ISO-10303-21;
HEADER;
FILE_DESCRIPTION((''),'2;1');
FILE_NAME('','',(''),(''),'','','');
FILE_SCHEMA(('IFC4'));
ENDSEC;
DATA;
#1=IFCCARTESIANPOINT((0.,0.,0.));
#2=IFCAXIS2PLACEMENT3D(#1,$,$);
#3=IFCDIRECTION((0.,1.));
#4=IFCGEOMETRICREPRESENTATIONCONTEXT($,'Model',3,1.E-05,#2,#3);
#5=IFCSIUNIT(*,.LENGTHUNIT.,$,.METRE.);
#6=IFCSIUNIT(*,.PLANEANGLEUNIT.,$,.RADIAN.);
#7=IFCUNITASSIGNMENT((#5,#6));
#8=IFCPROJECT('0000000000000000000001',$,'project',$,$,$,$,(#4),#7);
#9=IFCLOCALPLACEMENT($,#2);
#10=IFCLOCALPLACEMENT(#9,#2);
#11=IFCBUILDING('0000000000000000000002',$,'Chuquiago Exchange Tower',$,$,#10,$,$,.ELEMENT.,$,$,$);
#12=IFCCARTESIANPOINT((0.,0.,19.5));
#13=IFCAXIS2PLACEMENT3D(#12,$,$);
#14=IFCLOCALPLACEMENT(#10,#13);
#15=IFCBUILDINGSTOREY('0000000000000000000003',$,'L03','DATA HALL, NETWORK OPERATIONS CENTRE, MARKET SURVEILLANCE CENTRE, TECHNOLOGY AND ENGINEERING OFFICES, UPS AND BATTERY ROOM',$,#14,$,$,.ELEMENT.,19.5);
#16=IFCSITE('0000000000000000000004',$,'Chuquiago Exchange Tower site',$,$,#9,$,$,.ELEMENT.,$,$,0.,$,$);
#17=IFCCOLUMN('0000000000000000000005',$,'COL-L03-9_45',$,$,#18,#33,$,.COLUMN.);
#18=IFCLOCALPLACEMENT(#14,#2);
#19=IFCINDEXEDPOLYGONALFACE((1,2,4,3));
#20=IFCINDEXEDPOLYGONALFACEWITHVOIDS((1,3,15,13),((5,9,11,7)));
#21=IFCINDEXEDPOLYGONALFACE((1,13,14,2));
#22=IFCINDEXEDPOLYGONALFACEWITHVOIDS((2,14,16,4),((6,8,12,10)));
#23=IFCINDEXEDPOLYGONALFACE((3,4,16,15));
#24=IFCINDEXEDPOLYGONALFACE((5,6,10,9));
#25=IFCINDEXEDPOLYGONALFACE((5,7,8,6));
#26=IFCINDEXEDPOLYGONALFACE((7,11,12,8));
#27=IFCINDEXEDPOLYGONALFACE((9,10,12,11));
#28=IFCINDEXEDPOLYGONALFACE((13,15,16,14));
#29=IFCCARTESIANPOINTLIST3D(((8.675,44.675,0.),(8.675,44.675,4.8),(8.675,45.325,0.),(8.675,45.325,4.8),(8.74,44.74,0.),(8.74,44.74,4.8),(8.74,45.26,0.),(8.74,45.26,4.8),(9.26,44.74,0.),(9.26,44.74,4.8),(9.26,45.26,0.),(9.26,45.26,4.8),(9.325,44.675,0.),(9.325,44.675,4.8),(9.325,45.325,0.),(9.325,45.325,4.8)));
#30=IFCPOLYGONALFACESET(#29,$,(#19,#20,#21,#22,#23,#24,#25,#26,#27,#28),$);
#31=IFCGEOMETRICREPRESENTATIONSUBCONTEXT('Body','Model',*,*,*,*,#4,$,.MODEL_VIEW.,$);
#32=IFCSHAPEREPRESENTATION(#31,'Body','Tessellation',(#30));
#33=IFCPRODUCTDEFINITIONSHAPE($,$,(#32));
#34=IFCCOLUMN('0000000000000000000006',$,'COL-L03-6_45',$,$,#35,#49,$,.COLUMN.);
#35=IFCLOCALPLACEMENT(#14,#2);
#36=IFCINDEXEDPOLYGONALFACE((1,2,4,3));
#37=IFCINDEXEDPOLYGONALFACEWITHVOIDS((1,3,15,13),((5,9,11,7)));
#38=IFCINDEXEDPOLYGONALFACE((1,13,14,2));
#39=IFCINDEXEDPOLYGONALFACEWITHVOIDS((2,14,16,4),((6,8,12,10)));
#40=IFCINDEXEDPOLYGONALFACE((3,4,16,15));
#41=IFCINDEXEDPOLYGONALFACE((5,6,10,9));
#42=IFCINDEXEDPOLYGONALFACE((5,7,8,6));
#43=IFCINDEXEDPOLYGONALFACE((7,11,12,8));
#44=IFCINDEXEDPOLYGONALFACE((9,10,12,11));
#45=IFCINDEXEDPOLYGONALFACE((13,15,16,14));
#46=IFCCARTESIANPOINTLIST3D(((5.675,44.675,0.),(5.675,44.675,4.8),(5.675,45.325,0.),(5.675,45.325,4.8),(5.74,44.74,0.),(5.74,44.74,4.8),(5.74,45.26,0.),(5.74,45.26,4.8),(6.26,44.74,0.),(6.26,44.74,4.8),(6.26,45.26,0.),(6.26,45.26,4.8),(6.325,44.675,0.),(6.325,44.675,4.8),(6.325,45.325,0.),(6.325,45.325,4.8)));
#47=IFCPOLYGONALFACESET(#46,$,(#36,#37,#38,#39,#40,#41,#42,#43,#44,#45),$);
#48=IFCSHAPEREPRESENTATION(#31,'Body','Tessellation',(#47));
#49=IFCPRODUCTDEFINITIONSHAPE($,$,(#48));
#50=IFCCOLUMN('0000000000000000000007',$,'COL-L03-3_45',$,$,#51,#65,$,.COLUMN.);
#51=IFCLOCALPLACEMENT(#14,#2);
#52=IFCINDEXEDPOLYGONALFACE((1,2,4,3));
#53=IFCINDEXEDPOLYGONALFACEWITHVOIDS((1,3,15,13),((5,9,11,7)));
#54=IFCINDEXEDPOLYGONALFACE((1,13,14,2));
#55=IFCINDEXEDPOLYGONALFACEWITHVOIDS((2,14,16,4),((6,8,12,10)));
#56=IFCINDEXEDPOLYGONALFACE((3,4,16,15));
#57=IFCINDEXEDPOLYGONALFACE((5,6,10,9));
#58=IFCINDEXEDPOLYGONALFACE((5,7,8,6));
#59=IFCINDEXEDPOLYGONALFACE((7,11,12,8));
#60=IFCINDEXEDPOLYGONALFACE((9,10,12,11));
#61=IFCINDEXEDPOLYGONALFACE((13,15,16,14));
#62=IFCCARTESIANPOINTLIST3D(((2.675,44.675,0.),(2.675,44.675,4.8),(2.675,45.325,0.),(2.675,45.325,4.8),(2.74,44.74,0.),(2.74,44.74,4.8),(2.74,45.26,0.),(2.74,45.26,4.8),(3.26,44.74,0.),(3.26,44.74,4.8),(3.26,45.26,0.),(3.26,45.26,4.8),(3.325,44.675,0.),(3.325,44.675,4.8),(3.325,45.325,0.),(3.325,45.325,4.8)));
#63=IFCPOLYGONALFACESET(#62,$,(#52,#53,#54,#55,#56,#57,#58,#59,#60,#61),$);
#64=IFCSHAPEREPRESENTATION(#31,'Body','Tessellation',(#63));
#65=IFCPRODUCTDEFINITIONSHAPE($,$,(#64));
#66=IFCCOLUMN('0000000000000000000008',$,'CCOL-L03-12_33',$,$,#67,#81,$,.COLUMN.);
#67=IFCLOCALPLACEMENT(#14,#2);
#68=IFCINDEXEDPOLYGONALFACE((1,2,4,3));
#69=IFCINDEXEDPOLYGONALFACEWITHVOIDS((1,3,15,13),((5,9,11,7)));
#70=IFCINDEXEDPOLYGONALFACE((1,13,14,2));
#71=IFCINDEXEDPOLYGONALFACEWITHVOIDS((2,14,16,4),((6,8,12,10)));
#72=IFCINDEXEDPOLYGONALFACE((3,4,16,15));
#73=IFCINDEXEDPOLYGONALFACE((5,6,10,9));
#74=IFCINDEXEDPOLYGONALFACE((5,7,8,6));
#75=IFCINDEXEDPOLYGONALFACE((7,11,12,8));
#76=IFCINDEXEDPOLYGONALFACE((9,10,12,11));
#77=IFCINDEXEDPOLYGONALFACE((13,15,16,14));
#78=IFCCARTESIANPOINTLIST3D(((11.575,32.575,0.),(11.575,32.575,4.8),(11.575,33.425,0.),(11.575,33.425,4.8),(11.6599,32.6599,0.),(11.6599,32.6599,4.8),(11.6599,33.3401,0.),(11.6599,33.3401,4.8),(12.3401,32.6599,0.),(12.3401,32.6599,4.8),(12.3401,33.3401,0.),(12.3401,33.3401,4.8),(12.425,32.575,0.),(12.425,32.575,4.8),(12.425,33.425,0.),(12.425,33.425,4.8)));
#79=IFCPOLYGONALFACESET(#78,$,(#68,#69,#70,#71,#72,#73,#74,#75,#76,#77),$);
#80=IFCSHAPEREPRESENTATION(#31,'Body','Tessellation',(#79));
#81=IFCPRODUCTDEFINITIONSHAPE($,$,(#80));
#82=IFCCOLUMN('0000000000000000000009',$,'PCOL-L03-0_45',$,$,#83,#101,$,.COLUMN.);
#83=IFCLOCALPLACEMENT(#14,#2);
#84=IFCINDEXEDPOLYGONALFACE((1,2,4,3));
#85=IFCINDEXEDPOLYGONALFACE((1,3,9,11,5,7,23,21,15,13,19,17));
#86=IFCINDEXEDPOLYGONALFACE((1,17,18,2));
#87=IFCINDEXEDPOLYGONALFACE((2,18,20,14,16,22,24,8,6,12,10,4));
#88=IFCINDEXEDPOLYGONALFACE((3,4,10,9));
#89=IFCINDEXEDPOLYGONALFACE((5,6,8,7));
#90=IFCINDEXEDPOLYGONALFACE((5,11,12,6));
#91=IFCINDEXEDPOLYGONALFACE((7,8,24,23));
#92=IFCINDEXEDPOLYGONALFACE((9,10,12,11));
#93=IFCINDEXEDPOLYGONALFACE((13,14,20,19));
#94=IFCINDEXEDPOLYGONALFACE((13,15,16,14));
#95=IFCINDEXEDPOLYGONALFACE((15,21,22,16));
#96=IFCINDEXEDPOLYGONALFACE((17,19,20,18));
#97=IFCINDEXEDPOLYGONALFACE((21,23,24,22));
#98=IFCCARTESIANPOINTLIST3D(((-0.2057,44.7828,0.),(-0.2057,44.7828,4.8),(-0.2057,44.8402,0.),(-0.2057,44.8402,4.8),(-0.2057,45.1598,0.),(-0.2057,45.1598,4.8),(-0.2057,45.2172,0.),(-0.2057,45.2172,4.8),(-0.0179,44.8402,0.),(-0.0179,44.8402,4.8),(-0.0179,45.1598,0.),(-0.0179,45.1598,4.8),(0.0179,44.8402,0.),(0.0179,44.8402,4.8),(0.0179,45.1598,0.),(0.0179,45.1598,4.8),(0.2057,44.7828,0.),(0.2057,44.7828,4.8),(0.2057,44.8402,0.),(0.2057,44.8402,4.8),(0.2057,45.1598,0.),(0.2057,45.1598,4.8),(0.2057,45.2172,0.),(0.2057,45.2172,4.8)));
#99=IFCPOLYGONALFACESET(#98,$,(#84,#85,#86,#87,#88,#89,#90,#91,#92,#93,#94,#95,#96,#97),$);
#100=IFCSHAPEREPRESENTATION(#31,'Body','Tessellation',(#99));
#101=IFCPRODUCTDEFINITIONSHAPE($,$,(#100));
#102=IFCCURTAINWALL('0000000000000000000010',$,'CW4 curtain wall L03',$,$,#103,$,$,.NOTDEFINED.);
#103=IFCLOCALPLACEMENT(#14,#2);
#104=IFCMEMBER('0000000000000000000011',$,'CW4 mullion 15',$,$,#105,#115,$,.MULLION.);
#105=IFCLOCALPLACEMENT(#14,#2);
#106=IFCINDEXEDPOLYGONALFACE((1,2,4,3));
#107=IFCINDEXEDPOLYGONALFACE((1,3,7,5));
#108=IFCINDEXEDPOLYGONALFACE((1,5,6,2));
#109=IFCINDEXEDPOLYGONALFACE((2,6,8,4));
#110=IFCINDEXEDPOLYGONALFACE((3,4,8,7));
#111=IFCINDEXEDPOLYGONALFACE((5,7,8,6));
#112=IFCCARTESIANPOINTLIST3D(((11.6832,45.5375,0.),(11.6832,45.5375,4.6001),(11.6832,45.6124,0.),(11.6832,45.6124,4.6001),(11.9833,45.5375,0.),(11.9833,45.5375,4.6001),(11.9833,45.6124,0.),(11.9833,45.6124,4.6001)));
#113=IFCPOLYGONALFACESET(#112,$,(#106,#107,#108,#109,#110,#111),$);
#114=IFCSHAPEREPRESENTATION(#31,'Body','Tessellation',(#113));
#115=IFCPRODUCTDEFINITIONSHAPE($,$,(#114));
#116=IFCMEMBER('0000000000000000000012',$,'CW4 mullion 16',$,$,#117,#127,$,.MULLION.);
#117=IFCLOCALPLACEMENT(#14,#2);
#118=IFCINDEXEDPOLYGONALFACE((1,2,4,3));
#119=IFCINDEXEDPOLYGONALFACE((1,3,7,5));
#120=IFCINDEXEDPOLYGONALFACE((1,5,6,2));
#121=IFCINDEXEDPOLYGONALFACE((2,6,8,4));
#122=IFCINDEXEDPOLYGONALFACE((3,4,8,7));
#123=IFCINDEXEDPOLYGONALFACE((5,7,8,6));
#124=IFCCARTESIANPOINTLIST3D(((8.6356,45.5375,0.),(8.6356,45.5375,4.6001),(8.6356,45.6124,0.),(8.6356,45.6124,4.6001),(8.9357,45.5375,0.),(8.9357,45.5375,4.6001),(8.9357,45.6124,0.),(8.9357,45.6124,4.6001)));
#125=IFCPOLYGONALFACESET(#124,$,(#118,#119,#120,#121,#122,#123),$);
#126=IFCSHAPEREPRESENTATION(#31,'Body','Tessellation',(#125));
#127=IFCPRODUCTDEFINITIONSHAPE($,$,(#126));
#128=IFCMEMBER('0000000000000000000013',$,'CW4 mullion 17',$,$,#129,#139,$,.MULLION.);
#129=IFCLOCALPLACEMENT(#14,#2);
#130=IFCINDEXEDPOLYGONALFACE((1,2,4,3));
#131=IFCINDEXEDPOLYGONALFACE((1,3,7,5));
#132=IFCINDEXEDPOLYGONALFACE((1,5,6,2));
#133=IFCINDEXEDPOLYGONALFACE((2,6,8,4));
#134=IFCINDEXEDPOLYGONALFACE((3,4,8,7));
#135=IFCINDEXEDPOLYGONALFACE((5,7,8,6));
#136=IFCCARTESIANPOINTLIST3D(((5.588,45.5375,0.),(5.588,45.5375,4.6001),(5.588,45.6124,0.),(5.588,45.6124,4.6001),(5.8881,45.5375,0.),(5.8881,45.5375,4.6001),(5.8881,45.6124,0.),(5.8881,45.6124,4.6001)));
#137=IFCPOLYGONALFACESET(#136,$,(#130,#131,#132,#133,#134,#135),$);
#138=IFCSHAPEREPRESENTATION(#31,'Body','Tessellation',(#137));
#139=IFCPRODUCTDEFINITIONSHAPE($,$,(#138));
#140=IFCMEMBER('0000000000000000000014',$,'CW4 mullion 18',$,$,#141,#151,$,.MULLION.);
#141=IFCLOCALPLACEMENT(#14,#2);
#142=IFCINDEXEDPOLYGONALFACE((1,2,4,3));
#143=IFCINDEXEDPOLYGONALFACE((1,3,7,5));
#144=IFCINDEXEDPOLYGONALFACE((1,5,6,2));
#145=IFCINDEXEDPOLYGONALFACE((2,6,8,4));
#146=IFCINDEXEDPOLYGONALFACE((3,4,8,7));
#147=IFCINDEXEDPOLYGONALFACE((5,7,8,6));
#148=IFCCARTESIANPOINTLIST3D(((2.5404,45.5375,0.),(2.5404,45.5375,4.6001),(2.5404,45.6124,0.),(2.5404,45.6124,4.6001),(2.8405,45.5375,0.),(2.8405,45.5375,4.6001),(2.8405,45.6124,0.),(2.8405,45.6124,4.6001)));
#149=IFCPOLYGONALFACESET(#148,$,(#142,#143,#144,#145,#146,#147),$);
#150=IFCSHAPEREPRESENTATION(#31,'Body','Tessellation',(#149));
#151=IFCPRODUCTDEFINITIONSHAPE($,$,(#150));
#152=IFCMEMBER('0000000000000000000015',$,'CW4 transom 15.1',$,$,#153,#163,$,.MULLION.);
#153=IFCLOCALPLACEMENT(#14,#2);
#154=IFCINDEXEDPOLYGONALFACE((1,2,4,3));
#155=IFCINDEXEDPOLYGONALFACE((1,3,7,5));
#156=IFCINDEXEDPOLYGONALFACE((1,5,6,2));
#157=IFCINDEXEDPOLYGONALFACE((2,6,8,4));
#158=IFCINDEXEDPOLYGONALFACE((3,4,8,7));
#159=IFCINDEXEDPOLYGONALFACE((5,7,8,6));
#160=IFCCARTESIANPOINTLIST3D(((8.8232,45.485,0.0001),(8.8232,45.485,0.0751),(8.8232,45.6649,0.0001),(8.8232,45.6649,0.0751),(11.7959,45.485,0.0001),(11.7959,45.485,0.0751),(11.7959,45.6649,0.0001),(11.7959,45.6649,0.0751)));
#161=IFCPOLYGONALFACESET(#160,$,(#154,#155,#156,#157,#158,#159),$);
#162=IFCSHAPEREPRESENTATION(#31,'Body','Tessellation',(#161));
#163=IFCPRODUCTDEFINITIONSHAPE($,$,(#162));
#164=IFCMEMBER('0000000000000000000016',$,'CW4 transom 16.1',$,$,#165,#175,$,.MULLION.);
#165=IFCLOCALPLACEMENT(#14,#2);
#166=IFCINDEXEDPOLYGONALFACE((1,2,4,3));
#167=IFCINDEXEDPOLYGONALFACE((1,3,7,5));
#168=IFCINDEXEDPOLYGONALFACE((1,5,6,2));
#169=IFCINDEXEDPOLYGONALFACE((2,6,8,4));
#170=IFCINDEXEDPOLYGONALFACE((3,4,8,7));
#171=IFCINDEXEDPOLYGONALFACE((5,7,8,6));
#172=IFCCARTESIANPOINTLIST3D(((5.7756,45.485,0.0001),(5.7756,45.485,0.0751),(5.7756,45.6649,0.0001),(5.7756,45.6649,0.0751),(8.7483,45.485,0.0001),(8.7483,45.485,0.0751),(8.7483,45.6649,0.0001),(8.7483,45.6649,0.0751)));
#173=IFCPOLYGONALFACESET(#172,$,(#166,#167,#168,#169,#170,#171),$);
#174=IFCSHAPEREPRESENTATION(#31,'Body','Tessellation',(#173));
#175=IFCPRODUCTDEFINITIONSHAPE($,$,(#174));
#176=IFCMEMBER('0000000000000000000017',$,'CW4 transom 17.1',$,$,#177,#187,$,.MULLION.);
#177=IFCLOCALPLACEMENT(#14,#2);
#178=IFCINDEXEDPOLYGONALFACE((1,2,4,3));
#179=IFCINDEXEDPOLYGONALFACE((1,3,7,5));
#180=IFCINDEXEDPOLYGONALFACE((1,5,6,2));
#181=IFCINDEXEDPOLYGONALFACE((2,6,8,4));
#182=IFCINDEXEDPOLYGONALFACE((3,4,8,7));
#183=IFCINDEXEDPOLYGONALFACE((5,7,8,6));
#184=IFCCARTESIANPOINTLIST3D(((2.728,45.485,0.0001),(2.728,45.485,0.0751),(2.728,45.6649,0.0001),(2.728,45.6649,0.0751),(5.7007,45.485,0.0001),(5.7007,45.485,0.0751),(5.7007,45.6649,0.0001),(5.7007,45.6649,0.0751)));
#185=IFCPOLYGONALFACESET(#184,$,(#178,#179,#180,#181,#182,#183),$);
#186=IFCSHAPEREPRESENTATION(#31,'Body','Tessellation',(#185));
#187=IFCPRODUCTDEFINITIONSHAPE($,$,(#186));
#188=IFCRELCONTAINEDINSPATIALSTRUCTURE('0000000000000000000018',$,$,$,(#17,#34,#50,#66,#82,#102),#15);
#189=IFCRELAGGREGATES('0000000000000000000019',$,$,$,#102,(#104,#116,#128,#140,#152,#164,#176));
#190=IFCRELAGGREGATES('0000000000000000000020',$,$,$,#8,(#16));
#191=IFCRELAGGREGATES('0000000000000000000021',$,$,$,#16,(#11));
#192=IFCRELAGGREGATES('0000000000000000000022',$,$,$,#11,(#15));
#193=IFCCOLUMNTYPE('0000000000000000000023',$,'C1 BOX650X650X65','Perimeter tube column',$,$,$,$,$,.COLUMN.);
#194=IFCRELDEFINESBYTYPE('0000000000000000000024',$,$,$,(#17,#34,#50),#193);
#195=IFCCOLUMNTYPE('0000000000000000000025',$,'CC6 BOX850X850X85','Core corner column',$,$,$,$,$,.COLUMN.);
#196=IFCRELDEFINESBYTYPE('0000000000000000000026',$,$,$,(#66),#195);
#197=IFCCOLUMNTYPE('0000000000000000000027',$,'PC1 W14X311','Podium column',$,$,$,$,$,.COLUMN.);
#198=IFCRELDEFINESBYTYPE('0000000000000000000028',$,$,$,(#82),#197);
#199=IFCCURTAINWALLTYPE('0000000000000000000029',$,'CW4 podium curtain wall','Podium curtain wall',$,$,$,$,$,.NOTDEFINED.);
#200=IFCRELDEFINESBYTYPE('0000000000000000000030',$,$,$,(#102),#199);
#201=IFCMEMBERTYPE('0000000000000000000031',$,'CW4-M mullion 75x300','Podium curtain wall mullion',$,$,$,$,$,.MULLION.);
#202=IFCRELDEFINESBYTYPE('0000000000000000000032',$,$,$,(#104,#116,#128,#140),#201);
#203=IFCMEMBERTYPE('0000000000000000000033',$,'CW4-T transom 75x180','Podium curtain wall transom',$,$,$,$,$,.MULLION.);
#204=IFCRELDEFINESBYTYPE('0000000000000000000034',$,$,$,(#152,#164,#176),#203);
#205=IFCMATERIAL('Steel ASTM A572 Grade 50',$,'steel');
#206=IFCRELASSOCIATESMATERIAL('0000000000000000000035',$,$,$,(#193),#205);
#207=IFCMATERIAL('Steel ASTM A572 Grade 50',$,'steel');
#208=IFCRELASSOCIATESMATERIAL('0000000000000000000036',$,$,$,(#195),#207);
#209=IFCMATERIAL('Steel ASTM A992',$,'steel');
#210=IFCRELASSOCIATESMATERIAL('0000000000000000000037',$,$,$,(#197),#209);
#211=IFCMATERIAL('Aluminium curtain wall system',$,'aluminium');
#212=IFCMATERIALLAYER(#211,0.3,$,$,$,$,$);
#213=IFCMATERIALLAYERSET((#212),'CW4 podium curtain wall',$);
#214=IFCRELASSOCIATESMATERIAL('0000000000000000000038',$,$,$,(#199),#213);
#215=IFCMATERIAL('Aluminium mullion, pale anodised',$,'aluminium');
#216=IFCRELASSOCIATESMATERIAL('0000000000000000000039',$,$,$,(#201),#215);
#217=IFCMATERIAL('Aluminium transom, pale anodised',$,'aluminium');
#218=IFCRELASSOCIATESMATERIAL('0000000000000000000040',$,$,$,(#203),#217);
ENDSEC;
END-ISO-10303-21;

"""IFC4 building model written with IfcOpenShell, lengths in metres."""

from ifc_helpers import new_model, si_unit, direction, frame, origin, origin_2d, place, context, subcontext, project, spatial, rectangle, hollow_rectangle, i_section, extrude, material, layer, layer_set, material_profile, profile_set, type_object, element, aggregate, save


model = new_model("IFC4")

# Units and contexts
model_context = context("Model", 3, precision=1e-05, world=origin(), true_north=direction((0.0, 1.0)))
body_context = subcontext(model_context, "Body", "Model", "MODEL_VIEW")
ifc_project = project(units=[si_unit("LENGTHUNIT", "METRE"), si_unit("PLANEANGLEUNIT", "RADIAN")], contexts=[model_context])

# Site, building, storey
site_placement = place(None, origin())
site = spatial("IfcSite", under=ifc_project, at=site_placement, Name="Chuquiago Exchange Tower site", CompositionType="ELEMENT", RefElevation=0.0)
building_placement = place(site_placement, origin())
building = spatial("IfcBuilding", under=site, at=building_placement, Name="Chuquiago Exchange Tower", CompositionType="ELEMENT")
storey_placement = place(building_placement, frame((0.0, 0.0, 19.5)))
storey = spatial("IfcBuildingStorey", under=building, at=storey_placement, Name="L03", Description="DATA HALL, NETWORK OPERATIONS CENTRE, MARKET SURVEILLANCE CENTRE, TECHNOLOGY AND ENGINEERING OFFICES, UPS AND BATTERY ROOM", CompositionType="ELEMENT", Elevation=19.5)

# Columns
ifc_material_1 = material(Name="Steel ASTM A572 Grade 50", Category="steel")
ifc_material_profile_1 = material_profile(ifc_material_1, hollow_rectangle(XDim=0.6499, YDim=0.6499, WallThickness=0.0649, at=origin_2d()), Name="BOX650X650X65")
ifc_profile_set_1 = profile_set([ifc_material_profile_1], Name="Steel ASTM A572 Grade 50")
column_type_1 = type_object("IfcColumnType", Name="C1 BOX650X650X65", Description="Perimeter tube column", PredefinedType="COLUMN", material=ifc_profile_set_1)
for number, where, z_axis, x_axis, name in (
    (1, (9.0, 45.0, 0.0), (0.0, 0.0, 1.0), (0.0, 1.0, 0.0), "COL-L03-9_45"),
    (2, (6.0, 45.0, 0.0), (0.0, 0.0, 1.0), (0.0, 1.0, 0.0), "COL-L03-6_45"),
    (3, (3.0, 45.0, 0.0), (0.0, 0.0, 1.0), (0.0, 1.0, 0.0), "COL-L03-3_45"),
):
    element("IfcColumn", number, at=place(storey_placement, frame(where, z_axis=z_axis, x_axis=x_axis)), inside=storey, type_object=column_type_1, Name=name, PredefinedType="COLUMN", context=body_context, shape_type="SweptSolid", body=[
        extrude(hollow_rectangle(XDim=0.6499, YDim=0.6499, WallThickness=0.0649, at=origin_2d()), origin(), (0.0, 0.0, 1.0), 4.8),
    ])
ifc_material_2 = material(Name="Steel ASTM A572 Grade 50", Category="steel")
ifc_material_profile_2 = material_profile(ifc_material_2, hollow_rectangle(XDim=0.8501, YDim=0.8501, WallThickness=0.085, at=origin_2d()), Name="BOX850X850X85")
ifc_profile_set_2 = profile_set([ifc_material_profile_2], Name="Steel ASTM A572 Grade 50")
column_type_2 = type_object("IfcColumnType", Name="CC6 BOX850X850X85", Description="Core corner column", PredefinedType="COLUMN", material=ifc_profile_set_2)
column_1_placement = place(storey_placement, frame((12.0, 33.0, 0.0), z_axis=(0.0, 0.0, 1.0), x_axis=(1.0, 0.0, 0.0)))
element("IfcColumn", 4, at=column_1_placement, inside=storey, type_object=column_type_2, Name="CCOL-L03-12_33", PredefinedType="COLUMN", context=body_context, shape_type="SweptSolid", body=[
    extrude(hollow_rectangle(XDim=0.8501, YDim=0.8501, WallThickness=0.085, at=origin_2d()), origin(), (0.0, 0.0, 1.0), 4.8),
])
ifc_material_3 = material(Name="Steel ASTM A992", Category="steel")
ifc_material_profile_3 = material_profile(ifc_material_3, i_section(OverallWidth=0.4114, OverallDepth=0.4343, WebThickness=0.0359, FlangeThickness=0.0574, at=origin_2d()), Name="W14X311")
ifc_profile_set_3 = profile_set([ifc_material_profile_3], Name="Steel ASTM A992")
column_type_3 = type_object("IfcColumnType", Name="PC1 W14X311", Description="Podium column", PredefinedType="COLUMN", material=ifc_profile_set_3)
column_2_placement = place(storey_placement, frame((0.0, 45.0, 0.0), z_axis=(0.0, 0.0, 1.0), x_axis=(1.0, 0.0, 0.0)))
element("IfcColumn", 5, at=column_2_placement, inside=storey, type_object=column_type_3, Name="PCOL-L03-0_45", PredefinedType="COLUMN", context=body_context, shape_type="SweptSolid", body=[
    extrude(i_section(OverallWidth=0.4114, OverallDepth=0.4343, WebThickness=0.0359, FlangeThickness=0.0574, at=origin_2d()), origin(), (0.0, 0.0, 1.0), 4.8),
])

# Curtain wall, members
ifc_material_4 = material(Name="Aluminium curtain wall system", Category="aluminium")
ifc_layer_1 = layer(ifc_material_4, 0.3)
ifc_layer_set_1 = layer_set([ifc_layer_1], Name="CW4 podium curtain wall")
curtain_wall_type = type_object("IfcCurtainWallType", Name="CW4 podium curtain wall", Description="Podium curtain wall", PredefinedType="NOTDEFINED", material=ifc_layer_set_1)
curtain_wall_placement = place(storey_placement, origin())
curtain_wall = element("IfcCurtainWall", 6, at=curtain_wall_placement, inside=storey, type_object=curtain_wall_type, Name="CW4 curtain wall L03", PredefinedType="NOTDEFINED")
ifc_material_5 = material(Name="Aluminium mullion, pale anodised", Category="aluminium")
ifc_material_profile_4 = material_profile(ifc_material_5, rectangle(XDim=0.075, YDim=0.3, at=origin_2d()), Name="AL 75x300")
ifc_profile_set_4 = profile_set([ifc_material_profile_4], Name="Aluminium mullion, pale anodised")
member_type_1 = type_object("IfcMemberType", Name="CW4-M mullion 75x300", Description="Podium curtain wall mullion", PredefinedType="MULLION", material=ifc_profile_set_4)
member_1_placement = place(storey_placement, frame((11.8333, 45.575, 0.0), z_axis=(0.0, 0.0, 1.0), x_axis=(0.0, -1.0, 0.0)))
member_1 = element("IfcMember", 7, at=member_1_placement, type_object=member_type_1, Name="CW4 mullion 15", PredefinedType="MULLION", context=body_context, shape_type="SweptSolid", body=[
    extrude(rectangle(XDim=0.075, YDim=0.3, at=origin_2d()), origin(), (0.0, 0.0, 1.0), 4.6001),
])
member_2_placement = place(storey_placement, frame((8.7856, 45.575, 0.0), z_axis=(0.0, 0.0, 1.0), x_axis=(0.0, -1.0, 0.0)))
member_2 = element("IfcMember", 8, at=member_2_placement, type_object=member_type_1, Name="CW4 mullion 16", PredefinedType="MULLION", context=body_context, shape_type="SweptSolid", body=[
    extrude(rectangle(XDim=0.075, YDim=0.3, at=origin_2d()), origin(), (0.0, 0.0, 1.0), 4.6001),
])
member_3_placement = place(storey_placement, frame((5.738, 45.575, 0.0), z_axis=(0.0, 0.0, 1.0), x_axis=(0.0, -1.0, 0.0)))
member_3 = element("IfcMember", 9, at=member_3_placement, type_object=member_type_1, Name="CW4 mullion 17", PredefinedType="MULLION", context=body_context, shape_type="SweptSolid", body=[
    extrude(rectangle(XDim=0.075, YDim=0.3, at=origin_2d()), origin(), (0.0, 0.0, 1.0), 4.6001),
])
member_4_placement = place(storey_placement, frame((2.6904, 45.575, 0.0), z_axis=(0.0, 0.0, 1.0), x_axis=(0.0, -1.0, 0.0)))
member_4 = element("IfcMember", 10, at=member_4_placement, type_object=member_type_1, Name="CW4 mullion 18", PredefinedType="MULLION", context=body_context, shape_type="SweptSolid", body=[
    extrude(rectangle(XDim=0.075, YDim=0.3, at=origin_2d()), origin(), (0.0, 0.0, 1.0), 4.6001),
])
ifc_material_6 = material(Name="Aluminium transom, pale anodised", Category="aluminium")
ifc_material_profile_5 = material_profile(ifc_material_6, rectangle(XDim=0.1799, YDim=0.075, at=origin_2d()), Name="AL 180x75")
ifc_profile_set_5 = profile_set([ifc_material_profile_5], Name="Aluminium transom, pale anodised")
member_type_2 = type_object("IfcMemberType", Name="CW4-T transom 75x180", Description="Podium curtain wall transom", PredefinedType="MULLION", material=ifc_profile_set_5)
member_5_placement = place(storey_placement, frame((11.7959, 45.575, 0.0376), z_axis=(-1.0, 0.0, 0.0), x_axis=(0.0, -1.0, 0.0)))
member_5 = element("IfcMember", 11, at=member_5_placement, type_object=member_type_2, Name="CW4 transom 15.1", PredefinedType="MULLION", context=body_context, shape_type="SweptSolid", body=[
    extrude(rectangle(XDim=0.1799, YDim=0.075, at=origin_2d()), origin(), (0.0, 0.0, 1.0), 2.9727),
])
member_6_placement = place(storey_placement, frame((8.7483, 45.575, 0.0376), z_axis=(-1.0, 0.0, 0.0), x_axis=(0.0, -1.0, 0.0)))
member_6 = element("IfcMember", 12, at=member_6_placement, type_object=member_type_2, Name="CW4 transom 16.1", PredefinedType="MULLION", context=body_context, shape_type="SweptSolid", body=[
    extrude(rectangle(XDim=0.1799, YDim=0.075, at=origin_2d()), origin(), (0.0, 0.0, 1.0), 2.9727),
])
member_7_placement = place(storey_placement, frame((5.7007, 45.575, 0.0376), z_axis=(-1.0, 0.0, 0.0), x_axis=(0.0, -1.0, 0.0)))
member_7 = element("IfcMember", 13, at=member_7_placement, type_object=member_type_2, Name="CW4 transom 17.1", PredefinedType="MULLION", context=body_context, shape_type="SweptSolid", body=[
    extrude(rectangle(XDim=0.1799, YDim=0.075, at=origin_2d()), origin(), (0.0, 0.0, 1.0), 2.9727),
])

aggregate(curtain_wall, [member_1, member_2, member_3, member_4, member_5, member_6, member_7])

save(model, "model.ifc")
